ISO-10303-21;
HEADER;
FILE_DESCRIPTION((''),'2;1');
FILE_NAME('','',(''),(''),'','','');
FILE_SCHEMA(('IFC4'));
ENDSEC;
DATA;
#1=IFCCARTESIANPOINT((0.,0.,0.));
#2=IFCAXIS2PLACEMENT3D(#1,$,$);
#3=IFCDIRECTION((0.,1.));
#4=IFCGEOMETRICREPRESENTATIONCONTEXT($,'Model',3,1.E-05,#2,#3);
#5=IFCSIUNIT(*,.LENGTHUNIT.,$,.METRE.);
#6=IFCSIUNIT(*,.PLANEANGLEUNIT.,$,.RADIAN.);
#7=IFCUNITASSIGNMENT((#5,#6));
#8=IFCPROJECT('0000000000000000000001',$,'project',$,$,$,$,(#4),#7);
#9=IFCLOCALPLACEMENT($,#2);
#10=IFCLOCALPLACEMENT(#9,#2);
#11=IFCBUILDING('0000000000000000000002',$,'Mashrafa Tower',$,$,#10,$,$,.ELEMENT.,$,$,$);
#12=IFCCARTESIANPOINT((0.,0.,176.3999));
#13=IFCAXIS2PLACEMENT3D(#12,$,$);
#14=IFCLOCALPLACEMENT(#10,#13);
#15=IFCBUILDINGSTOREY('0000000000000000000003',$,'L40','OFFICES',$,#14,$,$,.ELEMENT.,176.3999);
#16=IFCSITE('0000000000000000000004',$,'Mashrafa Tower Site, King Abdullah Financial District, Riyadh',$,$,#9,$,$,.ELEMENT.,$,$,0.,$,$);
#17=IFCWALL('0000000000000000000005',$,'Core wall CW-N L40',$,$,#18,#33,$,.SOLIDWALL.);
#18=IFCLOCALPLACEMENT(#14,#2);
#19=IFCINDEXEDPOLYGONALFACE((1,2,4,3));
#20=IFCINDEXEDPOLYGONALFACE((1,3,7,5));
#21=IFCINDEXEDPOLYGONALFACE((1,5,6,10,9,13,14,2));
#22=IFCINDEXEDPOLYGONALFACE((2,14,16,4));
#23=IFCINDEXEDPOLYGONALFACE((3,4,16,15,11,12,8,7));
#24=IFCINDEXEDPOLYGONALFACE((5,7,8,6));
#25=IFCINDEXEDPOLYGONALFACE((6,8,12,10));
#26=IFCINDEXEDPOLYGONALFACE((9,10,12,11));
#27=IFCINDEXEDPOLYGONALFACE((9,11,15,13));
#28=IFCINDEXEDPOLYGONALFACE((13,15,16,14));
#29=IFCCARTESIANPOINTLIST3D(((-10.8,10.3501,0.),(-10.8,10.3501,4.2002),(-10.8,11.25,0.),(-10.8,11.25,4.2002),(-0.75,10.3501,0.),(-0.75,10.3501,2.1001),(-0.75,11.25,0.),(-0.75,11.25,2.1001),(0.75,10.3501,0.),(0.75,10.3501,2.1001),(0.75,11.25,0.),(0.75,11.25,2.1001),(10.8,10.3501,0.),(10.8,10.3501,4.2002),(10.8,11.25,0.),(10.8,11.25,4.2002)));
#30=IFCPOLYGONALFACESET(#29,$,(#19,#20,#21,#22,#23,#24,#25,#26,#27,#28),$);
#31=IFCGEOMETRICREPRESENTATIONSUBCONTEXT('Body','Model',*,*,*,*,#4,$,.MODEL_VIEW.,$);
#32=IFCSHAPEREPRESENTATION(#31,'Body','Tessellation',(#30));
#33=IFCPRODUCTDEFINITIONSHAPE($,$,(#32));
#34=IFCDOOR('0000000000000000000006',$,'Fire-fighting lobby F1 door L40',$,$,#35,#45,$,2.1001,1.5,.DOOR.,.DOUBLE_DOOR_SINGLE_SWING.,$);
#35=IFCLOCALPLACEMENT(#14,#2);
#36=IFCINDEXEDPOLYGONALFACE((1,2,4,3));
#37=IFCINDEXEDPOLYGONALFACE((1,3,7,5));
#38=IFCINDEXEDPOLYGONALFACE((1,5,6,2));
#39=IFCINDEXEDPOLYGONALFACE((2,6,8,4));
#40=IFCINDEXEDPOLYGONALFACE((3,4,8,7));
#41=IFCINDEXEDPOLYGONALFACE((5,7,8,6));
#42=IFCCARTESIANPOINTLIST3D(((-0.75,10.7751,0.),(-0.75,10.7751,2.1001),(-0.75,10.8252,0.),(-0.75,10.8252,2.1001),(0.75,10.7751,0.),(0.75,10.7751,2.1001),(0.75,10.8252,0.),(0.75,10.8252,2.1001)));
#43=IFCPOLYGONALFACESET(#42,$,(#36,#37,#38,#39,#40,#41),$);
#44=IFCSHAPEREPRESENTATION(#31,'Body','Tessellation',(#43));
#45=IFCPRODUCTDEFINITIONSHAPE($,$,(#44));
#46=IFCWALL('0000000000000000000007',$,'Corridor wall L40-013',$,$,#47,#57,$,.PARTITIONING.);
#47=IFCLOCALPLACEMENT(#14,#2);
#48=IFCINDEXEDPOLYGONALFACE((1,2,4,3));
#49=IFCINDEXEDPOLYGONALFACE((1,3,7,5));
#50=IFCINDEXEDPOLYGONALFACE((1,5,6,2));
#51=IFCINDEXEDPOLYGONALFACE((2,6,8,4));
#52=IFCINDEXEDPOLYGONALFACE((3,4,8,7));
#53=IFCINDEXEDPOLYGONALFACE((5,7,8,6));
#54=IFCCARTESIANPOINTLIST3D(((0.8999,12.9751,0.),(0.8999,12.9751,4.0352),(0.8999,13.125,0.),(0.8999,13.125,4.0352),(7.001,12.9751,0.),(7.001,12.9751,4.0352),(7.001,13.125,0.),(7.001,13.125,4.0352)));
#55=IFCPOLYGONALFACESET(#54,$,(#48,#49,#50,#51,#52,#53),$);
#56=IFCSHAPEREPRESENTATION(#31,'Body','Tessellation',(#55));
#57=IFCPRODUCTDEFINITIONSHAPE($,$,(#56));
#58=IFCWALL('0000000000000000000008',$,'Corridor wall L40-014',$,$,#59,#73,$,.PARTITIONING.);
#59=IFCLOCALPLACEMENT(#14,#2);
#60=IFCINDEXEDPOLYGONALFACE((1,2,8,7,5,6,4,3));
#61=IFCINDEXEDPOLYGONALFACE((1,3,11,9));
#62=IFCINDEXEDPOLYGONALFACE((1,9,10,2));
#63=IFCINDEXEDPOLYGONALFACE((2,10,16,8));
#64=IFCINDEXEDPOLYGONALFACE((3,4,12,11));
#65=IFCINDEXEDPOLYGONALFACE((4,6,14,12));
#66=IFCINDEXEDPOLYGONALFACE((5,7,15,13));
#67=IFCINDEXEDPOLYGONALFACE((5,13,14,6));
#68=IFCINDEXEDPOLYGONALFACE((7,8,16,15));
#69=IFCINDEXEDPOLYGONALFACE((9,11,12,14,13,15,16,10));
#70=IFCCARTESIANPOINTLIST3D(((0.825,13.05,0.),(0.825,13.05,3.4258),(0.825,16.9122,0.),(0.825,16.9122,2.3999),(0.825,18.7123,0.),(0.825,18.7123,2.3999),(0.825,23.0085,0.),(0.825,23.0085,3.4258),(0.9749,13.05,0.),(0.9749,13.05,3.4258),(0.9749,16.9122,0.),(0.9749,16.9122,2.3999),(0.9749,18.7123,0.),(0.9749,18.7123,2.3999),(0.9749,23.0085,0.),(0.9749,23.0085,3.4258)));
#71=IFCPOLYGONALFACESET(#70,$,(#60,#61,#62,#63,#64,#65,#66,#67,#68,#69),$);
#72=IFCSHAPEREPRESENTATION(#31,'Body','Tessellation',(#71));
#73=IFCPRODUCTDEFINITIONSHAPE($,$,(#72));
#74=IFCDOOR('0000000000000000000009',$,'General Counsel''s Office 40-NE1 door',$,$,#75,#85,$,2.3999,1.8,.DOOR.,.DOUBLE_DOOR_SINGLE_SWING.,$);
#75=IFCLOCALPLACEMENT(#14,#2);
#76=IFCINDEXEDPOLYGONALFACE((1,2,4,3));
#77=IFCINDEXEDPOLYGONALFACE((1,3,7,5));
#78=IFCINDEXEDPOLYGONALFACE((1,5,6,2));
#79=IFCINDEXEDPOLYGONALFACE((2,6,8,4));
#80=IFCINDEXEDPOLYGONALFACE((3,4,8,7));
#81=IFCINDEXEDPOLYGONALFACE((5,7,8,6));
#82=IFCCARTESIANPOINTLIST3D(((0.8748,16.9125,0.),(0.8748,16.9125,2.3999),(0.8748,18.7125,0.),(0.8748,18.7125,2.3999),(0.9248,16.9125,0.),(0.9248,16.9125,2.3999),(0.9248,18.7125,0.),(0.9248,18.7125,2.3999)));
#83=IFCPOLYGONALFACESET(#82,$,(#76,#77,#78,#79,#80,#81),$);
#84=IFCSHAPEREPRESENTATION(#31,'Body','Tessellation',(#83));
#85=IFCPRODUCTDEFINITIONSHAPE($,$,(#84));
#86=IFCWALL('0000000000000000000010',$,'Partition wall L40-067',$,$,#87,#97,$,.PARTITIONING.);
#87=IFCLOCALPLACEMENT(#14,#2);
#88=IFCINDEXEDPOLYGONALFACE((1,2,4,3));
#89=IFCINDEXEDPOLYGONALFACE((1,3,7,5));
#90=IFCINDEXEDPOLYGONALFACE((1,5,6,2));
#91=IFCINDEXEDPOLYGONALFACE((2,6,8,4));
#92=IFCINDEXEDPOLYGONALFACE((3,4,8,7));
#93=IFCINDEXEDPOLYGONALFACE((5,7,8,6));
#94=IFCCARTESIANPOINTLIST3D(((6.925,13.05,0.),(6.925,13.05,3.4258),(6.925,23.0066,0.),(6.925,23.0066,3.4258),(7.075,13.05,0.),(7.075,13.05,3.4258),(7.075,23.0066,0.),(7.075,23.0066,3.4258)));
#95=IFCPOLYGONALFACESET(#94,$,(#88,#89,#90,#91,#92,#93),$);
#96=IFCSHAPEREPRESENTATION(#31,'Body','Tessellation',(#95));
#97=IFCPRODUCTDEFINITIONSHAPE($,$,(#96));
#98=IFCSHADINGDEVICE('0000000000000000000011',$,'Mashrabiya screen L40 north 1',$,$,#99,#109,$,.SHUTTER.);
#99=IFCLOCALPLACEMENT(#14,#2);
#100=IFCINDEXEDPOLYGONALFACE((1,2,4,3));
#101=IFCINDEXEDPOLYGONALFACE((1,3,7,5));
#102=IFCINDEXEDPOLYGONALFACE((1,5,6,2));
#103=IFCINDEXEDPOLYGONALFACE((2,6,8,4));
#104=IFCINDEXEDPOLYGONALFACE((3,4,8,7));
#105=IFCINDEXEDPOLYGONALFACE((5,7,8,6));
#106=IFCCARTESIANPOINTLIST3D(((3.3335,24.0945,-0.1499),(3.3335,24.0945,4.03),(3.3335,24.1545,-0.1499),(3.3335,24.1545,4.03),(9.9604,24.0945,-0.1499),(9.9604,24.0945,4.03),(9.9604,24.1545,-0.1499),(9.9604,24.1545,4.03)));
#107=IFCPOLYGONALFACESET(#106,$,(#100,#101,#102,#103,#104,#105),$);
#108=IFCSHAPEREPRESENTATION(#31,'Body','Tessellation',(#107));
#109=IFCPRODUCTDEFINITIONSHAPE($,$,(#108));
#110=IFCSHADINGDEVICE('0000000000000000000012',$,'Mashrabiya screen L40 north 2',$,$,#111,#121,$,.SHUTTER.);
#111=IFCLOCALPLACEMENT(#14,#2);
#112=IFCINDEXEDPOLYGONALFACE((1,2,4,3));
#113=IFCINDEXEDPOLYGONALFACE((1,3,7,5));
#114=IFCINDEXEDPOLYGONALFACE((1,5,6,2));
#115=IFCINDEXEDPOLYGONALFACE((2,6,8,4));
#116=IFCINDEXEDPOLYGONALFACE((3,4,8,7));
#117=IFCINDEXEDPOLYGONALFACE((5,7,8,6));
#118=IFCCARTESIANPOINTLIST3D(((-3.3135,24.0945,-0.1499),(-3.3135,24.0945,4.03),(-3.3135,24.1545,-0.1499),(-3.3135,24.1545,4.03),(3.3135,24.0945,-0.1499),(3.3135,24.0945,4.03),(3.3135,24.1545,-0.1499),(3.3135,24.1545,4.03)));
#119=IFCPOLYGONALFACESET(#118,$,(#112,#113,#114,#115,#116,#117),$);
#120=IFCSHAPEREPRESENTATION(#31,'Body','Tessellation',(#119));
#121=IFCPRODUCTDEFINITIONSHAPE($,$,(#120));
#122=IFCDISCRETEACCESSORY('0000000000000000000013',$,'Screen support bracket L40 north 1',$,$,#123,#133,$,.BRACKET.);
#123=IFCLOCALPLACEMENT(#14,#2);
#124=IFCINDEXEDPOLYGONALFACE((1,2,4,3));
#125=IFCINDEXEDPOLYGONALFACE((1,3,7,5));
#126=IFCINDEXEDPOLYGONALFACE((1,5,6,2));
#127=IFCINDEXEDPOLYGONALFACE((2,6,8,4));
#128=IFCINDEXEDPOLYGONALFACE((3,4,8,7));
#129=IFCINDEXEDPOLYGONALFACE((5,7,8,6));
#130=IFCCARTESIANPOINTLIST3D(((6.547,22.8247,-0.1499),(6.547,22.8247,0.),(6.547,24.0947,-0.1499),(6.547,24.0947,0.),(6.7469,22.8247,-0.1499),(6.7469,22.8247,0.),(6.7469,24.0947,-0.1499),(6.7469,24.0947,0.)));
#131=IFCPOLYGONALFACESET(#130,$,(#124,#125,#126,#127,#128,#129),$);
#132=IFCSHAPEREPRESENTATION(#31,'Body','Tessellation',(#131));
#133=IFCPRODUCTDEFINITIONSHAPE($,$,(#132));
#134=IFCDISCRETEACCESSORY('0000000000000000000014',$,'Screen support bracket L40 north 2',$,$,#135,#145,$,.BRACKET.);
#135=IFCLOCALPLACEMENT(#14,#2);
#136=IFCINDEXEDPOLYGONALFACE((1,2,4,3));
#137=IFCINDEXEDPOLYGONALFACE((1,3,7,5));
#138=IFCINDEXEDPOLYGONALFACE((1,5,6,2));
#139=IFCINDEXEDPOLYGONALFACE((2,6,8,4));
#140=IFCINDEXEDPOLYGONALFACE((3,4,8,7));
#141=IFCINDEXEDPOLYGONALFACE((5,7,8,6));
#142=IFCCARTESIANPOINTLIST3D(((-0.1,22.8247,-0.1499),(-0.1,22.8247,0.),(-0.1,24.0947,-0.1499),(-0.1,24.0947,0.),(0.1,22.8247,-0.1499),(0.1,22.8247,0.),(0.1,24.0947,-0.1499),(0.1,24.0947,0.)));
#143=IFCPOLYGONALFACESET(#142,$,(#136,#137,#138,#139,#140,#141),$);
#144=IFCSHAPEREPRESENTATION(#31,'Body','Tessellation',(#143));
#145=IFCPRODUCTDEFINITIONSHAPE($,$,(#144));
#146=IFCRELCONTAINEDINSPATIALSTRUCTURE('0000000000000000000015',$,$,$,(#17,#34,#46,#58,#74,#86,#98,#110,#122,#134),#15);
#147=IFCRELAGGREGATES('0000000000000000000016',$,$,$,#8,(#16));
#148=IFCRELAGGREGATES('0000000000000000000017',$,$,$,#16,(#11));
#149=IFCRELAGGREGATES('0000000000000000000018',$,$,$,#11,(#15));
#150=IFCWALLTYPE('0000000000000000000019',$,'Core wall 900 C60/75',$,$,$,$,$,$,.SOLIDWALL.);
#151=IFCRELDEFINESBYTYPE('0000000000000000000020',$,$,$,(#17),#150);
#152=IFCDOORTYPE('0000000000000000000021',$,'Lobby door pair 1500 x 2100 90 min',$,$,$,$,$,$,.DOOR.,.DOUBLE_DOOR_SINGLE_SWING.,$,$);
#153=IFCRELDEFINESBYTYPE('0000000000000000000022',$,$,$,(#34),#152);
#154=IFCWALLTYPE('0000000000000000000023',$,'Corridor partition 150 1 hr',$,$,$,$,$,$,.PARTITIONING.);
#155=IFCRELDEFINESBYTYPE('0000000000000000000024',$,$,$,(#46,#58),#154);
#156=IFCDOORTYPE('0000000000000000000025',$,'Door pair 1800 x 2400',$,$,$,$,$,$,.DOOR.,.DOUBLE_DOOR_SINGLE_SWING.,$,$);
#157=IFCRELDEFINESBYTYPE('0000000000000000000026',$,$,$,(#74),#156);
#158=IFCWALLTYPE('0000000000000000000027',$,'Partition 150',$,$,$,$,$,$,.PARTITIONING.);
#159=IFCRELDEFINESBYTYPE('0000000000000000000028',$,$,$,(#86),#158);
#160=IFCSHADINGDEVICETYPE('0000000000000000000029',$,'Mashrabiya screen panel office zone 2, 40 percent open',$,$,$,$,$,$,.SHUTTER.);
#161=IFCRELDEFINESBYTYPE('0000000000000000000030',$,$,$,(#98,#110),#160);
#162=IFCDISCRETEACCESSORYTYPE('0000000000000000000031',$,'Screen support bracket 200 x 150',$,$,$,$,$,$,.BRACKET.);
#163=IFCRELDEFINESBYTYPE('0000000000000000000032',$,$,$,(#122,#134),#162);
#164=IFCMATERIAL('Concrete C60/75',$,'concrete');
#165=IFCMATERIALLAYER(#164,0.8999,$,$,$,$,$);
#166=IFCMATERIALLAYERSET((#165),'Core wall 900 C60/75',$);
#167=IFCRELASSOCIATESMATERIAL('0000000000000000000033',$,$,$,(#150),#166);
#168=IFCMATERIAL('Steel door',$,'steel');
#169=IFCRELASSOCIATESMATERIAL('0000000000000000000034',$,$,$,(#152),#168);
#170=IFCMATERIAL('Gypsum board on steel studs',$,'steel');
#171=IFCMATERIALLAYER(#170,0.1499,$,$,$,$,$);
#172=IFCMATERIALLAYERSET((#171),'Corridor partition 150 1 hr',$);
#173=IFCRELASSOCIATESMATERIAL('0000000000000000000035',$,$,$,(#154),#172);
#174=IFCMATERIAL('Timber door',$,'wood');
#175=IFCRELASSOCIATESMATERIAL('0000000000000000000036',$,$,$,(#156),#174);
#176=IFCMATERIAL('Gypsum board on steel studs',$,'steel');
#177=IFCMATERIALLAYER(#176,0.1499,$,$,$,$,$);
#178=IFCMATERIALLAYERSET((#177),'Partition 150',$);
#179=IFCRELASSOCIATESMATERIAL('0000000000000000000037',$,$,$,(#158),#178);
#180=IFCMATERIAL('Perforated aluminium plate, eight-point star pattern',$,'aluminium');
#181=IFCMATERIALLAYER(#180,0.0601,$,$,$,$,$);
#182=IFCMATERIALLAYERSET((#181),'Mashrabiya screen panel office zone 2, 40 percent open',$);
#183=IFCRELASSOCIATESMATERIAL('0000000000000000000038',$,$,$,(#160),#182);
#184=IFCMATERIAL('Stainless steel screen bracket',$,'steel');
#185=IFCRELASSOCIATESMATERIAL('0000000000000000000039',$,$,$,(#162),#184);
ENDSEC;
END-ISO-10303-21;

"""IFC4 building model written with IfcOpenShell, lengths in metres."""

from ifc_helpers import new_model, si_unit, direction, frame, frame_2d, origin, origin_2d, place, context, subcontext, project, spatial, rectangle, extrude, source, transform, mapped, material, layer, layer_set, type_object, type_shapes, element, fill, save


model = new_model("IFC4")

# Units and contexts
model_context = context("Model", 3, precision=1e-05, world=origin(), true_north=direction((0.0, 1.0)))
body_context = subcontext(model_context, "Body", "Model", "MODEL_VIEW")
ifc_project = project(units=[si_unit("LENGTHUNIT", "METRE"), si_unit("PLANEANGLEUNIT", "RADIAN")], contexts=[model_context])

# Site, building, storey
site_placement = place(None, origin())
site = spatial("IfcSite", under=ifc_project, at=site_placement, Name="Mashrafa Tower Site, King Abdullah Financial District, Riyadh", CompositionType="ELEMENT", RefElevation=0.0)
building_placement = place(site_placement, origin())
building = spatial("IfcBuilding", under=site, at=building_placement, Name="Mashrafa Tower", CompositionType="ELEMENT")
storey_placement = place(building_placement, frame((0.0, 0.0, 176.3999)))
storey = spatial("IfcBuildingStorey", under=building, at=storey_placement, Name="L40", Description="OFFICES", CompositionType="ELEMENT", Elevation=176.3999)

# Wall, opening, door
ifc_material_1 = material(Name="Concrete C60/75", Category="concrete")
ifc_layer_1 = layer(ifc_material_1, 0.8999)
ifc_layer_set_1 = layer_set([ifc_layer_1], Name="Core wall 900 C60/75")
wall_type_1 = type_object("IfcWallType", Name="Core wall 900 C60/75", PredefinedType="SOLIDWALL", material=ifc_layer_set_1)
wall_1_placement = place(storey_placement, frame((10.8, 10.8, 0.0), z_axis=(0.0, 0.0, 1.0), x_axis=(-1.0, 0.0, 0.0)))
wall_1 = element("IfcWall", 1, at=wall_1_placement, inside=storey, type_object=wall_type_1, Name="Core wall CW-N L40", PredefinedType="SOLIDWALL", context=body_context, shape_type="SweptSolid", body=[
    extrude(rectangle(XDim=21.6001, YDim=0.8999, at=frame_2d((10.8, 0.0))), origin(), (0.0, 0.0, 1.0), 4.2002),
])
opening_1_placement = place(wall_1_placement, frame((10.05, 0.0, 0.0)))
opening_1 = element("IfcOpeningElement", 2, at=opening_1_placement, cuts=wall_1, PredefinedType="OPENING", context=body_context, shape_type="SweptSolid", body=[
    extrude(rectangle(XDim=1.5, YDim=2.1001, at=frame_2d((0.75, 1.05))), frame((0.0, 0.46, 0.0), z_axis=(0.0, -1.0, 0.0), x_axis=(1.0, 0.0, 0.0)), (0.0, 0.0, 1.0), 0.9199),
])
ifc_material_2 = material(Name="Steel door", Category="steel")
door_type_1 = type_object("IfcDoorType", Name="Lobby door pair 1500 x 2100 90 min", OperationType="DOUBLE_DOOR_SINGLE_SWING", PredefinedType="DOOR", material=ifc_material_2)
door_1_placement = place(opening_1_placement, origin())
door_1 = element("IfcDoor", 3, at=door_1_placement, inside=storey, type_object=door_type_1, Name="Fire-fighting lobby F1 door L40", OperationType="DOUBLE_DOOR_SINGLE_SWING", OverallHeight=2.1001, OverallWidth=1.5, PredefinedType="DOOR", context=body_context, shape_type="SweptSolid", body=[
    extrude(rectangle(XDim=1.5, YDim=2.1001, at=frame_2d((0.75, 1.05))), frame((0.0, 0.0249, 0.0), z_axis=(0.0, -1.0, 0.0), x_axis=(1.0, 0.0, 0.0)), (0.0, 0.0, 1.0), 0.05),
])
fill(opening_1, door_1)

# Wall
ifc_material_3 = material(Name="Gypsum board on steel studs", Category="steel")
ifc_layer_2 = layer(ifc_material_3, 0.1499)
ifc_layer_set_2 = layer_set([ifc_layer_2], Name="Corridor partition 150 1 hr")
wall_type_2 = type_object("IfcWallType", Name="Corridor partition 150 1 hr", PredefinedType="PARTITIONING", material=ifc_layer_set_2)
wall_2_placement = place(storey_placement, frame((7.001, 13.05, 0.0), z_axis=(0.0, 0.0, 1.0), x_axis=(-1.0, 0.0, 0.0)))
element("IfcWall", 4, at=wall_2_placement, inside=storey, type_object=wall_type_2, Name="Corridor wall L40-013", PredefinedType="PARTITIONING", context=body_context, shape_type="SweptSolid", body=[
    extrude(rectangle(XDim=6.1011, YDim=0.1499, at=frame_2d((3.0505, 0.0))), origin(), (0.0, 0.0, 1.0), 4.0352),
])

# Wall, opening, door
wall_3_placement = place(storey_placement, frame((0.8999, 13.05, 0.0), z_axis=(0.0, 0.0, 1.0), x_axis=(0.0, 1.0, 0.0)))
wall_3 = element("IfcWall", 5, at=wall_3_placement, inside=storey, type_object=wall_type_2, Name="Corridor wall L40-014", PredefinedType="PARTITIONING", context=body_context, shape_type="SweptSolid", body=[
    extrude(rectangle(XDim=9.9585, YDim=0.1499, at=frame_2d((4.9792, 0.0))), origin(), (0.0, 0.0, 1.0), 3.4258),
])
opening_2_placement = place(wall_3_placement, frame((3.8623, 0.0, 0.0)))
opening_2 = element("IfcOpeningElement", 6, at=opening_2_placement, cuts=wall_3, PredefinedType="OPENING", context=body_context, shape_type="SweptSolid", body=[
    extrude(rectangle(XDim=1.8, YDim=2.3999, at=frame_2d((0.8999, 1.2))), frame((0.0, 0.085, 0.0), z_axis=(0.0, -1.0, 0.0), x_axis=(1.0, 0.0, 0.0)), (0.0, 0.0, 1.0), 0.1699),
])
ifc_material_4 = material(Name="Timber door", Category="wood")
door_type_2 = type_object("IfcDoorType", Name="Door pair 1800 x 2400", OperationType="DOUBLE_DOOR_SINGLE_SWING", PredefinedType="DOOR", material=ifc_material_4)
door_2_placement = place(opening_2_placement, frame((1.8, 0.0, 0.0), z_axis=(0.0, 0.0, 1.0), x_axis=(-1.0, 0.0, 0.0)))
door_2 = element("IfcDoor", 7, at=door_2_placement, inside=storey, type_object=door_type_2, Name="General Counsel's Office 40-NE1 door", OperationType="DOUBLE_DOOR_SINGLE_SWING", OverallHeight=2.3999, OverallWidth=1.8, PredefinedType="DOOR", context=body_context, shape_type="SweptSolid", body=[
    extrude(rectangle(XDim=1.8, YDim=2.3999, at=frame_2d((0.8999, 1.2))), frame((0.0, 0.0249, 0.0), z_axis=(0.0, -1.0, 0.0), x_axis=(1.0, 0.0, 0.0)), (0.0, 0.0, 1.0), 0.05),
])
fill(opening_2, door_2)

# Wall
ifc_material_5 = material(Name="Gypsum board on steel studs", Category="steel")
ifc_layer_3 = layer(ifc_material_5, 0.1499)
ifc_layer_set_3 = layer_set([ifc_layer_3], Name="Partition 150")
wall_type_3 = type_object("IfcWallType", Name="Partition 150", PredefinedType="PARTITIONING", material=ifc_layer_set_3)
wall_4_placement = place(storey_placement, frame((7.0, 23.0066, 0.0), z_axis=(0.0, 0.0, 1.0), x_axis=(0.0, -1.0, 0.0)))
element("IfcWall", 8, at=wall_4_placement, inside=storey, type_object=wall_type_3, Name="Partition wall L40-067", PredefinedType="PARTITIONING", context=body_context, shape_type="SweptSolid", body=[
    extrude(rectangle(XDim=9.9565, YDim=0.1499, at=frame_2d((4.9783, 0.0))), origin(), (0.0, 0.0, 1.0), 3.4258),
])

# Shading devices
ifc_material_6 = material(Name="Perforated aluminium plate, eight-point star pattern", Category="aluminium")
ifc_layer_4 = layer(ifc_material_6, 0.0601)
ifc_layer_set_4 = layer_set([ifc_layer_4], Name="Mashrabiya screen panel office zone 2, 40 percent open")
shading_device_type = type_object("IfcShadingDeviceType", Name="Mashrabiya screen panel office zone 2, 40 percent open", PredefinedType="SHUTTER", material=ifc_layer_set_4)
shared_shape_1 = source(origin(), body_context, "Body", "SweptSolid", [
    extrude(rectangle(XDim=6.627, YDim=0.0601, at=origin_2d()), origin(), (0.0, 0.0, 1.0), 4.1799),
])
type_shapes(shading_device_type, [shared_shape_1])
for number, where, z_axis, x_axis, name in (
    (9, (6.647, 24.1245, -0.1499), (0.0, 0.0, 1.0), (-1.0, 0.0, 0.0), "Mashrabiya screen L40 north 1"),
    (10, (0.0, 24.1245, -0.1499), (0.0, 0.0, 1.0), (-1.0, 0.0, 0.0), "Mashrabiya screen L40 north 2"),
):
    element("IfcShadingDevice", number, at=place(storey_placement, frame(where, z_axis=z_axis, x_axis=x_axis)), inside=storey, type_object=shading_device_type, Name=name, PredefinedType="SHUTTER", context=body_context, shape_type="MappedRepresentation", body=[
        mapped(shared_shape_1, transform((0.0, 0.0, 0.0))),
    ])

# Discrete accessories
ifc_material_7 = material(Name="Stainless steel screen bracket", Category="steel")
discrete_accessory_type = type_object("IfcDiscreteAccessoryType", Name="Screen support bracket 200 x 150", PredefinedType="BRACKET", material=ifc_material_7)
shared_shape_2 = source(origin(), body_context, "Body", "SweptSolid", [
    extrude(rectangle(XDim=0.2, YDim=1.27, at=origin_2d()), origin(), (0.0, 0.0, 1.0), 0.1499),
])
type_shapes(discrete_accessory_type, [shared_shape_2])
for number, where, z_axis, x_axis, name in (
    (11, (6.647, 23.4597, -0.1499), (0.0, 0.0, 1.0), (-1.0, 0.0, 0.0), "Screen support bracket L40 north 1"),
    (12, (0.0, 23.4597, -0.1499), (0.0, 0.0, 1.0), (-1.0, 0.0, 0.0), "Screen support bracket L40 north 2"),
):
    element("IfcDiscreteAccessory", number, at=place(storey_placement, frame(where, z_axis=z_axis, x_axis=x_axis)), inside=storey, type_object=discrete_accessory_type, Name=name, PredefinedType="BRACKET", context=body_context, shape_type="MappedRepresentation", body=[
        mapped(shared_shape_2, transform((0.0, 0.0, 0.0))),
    ])

save(model, "model.ifc")
